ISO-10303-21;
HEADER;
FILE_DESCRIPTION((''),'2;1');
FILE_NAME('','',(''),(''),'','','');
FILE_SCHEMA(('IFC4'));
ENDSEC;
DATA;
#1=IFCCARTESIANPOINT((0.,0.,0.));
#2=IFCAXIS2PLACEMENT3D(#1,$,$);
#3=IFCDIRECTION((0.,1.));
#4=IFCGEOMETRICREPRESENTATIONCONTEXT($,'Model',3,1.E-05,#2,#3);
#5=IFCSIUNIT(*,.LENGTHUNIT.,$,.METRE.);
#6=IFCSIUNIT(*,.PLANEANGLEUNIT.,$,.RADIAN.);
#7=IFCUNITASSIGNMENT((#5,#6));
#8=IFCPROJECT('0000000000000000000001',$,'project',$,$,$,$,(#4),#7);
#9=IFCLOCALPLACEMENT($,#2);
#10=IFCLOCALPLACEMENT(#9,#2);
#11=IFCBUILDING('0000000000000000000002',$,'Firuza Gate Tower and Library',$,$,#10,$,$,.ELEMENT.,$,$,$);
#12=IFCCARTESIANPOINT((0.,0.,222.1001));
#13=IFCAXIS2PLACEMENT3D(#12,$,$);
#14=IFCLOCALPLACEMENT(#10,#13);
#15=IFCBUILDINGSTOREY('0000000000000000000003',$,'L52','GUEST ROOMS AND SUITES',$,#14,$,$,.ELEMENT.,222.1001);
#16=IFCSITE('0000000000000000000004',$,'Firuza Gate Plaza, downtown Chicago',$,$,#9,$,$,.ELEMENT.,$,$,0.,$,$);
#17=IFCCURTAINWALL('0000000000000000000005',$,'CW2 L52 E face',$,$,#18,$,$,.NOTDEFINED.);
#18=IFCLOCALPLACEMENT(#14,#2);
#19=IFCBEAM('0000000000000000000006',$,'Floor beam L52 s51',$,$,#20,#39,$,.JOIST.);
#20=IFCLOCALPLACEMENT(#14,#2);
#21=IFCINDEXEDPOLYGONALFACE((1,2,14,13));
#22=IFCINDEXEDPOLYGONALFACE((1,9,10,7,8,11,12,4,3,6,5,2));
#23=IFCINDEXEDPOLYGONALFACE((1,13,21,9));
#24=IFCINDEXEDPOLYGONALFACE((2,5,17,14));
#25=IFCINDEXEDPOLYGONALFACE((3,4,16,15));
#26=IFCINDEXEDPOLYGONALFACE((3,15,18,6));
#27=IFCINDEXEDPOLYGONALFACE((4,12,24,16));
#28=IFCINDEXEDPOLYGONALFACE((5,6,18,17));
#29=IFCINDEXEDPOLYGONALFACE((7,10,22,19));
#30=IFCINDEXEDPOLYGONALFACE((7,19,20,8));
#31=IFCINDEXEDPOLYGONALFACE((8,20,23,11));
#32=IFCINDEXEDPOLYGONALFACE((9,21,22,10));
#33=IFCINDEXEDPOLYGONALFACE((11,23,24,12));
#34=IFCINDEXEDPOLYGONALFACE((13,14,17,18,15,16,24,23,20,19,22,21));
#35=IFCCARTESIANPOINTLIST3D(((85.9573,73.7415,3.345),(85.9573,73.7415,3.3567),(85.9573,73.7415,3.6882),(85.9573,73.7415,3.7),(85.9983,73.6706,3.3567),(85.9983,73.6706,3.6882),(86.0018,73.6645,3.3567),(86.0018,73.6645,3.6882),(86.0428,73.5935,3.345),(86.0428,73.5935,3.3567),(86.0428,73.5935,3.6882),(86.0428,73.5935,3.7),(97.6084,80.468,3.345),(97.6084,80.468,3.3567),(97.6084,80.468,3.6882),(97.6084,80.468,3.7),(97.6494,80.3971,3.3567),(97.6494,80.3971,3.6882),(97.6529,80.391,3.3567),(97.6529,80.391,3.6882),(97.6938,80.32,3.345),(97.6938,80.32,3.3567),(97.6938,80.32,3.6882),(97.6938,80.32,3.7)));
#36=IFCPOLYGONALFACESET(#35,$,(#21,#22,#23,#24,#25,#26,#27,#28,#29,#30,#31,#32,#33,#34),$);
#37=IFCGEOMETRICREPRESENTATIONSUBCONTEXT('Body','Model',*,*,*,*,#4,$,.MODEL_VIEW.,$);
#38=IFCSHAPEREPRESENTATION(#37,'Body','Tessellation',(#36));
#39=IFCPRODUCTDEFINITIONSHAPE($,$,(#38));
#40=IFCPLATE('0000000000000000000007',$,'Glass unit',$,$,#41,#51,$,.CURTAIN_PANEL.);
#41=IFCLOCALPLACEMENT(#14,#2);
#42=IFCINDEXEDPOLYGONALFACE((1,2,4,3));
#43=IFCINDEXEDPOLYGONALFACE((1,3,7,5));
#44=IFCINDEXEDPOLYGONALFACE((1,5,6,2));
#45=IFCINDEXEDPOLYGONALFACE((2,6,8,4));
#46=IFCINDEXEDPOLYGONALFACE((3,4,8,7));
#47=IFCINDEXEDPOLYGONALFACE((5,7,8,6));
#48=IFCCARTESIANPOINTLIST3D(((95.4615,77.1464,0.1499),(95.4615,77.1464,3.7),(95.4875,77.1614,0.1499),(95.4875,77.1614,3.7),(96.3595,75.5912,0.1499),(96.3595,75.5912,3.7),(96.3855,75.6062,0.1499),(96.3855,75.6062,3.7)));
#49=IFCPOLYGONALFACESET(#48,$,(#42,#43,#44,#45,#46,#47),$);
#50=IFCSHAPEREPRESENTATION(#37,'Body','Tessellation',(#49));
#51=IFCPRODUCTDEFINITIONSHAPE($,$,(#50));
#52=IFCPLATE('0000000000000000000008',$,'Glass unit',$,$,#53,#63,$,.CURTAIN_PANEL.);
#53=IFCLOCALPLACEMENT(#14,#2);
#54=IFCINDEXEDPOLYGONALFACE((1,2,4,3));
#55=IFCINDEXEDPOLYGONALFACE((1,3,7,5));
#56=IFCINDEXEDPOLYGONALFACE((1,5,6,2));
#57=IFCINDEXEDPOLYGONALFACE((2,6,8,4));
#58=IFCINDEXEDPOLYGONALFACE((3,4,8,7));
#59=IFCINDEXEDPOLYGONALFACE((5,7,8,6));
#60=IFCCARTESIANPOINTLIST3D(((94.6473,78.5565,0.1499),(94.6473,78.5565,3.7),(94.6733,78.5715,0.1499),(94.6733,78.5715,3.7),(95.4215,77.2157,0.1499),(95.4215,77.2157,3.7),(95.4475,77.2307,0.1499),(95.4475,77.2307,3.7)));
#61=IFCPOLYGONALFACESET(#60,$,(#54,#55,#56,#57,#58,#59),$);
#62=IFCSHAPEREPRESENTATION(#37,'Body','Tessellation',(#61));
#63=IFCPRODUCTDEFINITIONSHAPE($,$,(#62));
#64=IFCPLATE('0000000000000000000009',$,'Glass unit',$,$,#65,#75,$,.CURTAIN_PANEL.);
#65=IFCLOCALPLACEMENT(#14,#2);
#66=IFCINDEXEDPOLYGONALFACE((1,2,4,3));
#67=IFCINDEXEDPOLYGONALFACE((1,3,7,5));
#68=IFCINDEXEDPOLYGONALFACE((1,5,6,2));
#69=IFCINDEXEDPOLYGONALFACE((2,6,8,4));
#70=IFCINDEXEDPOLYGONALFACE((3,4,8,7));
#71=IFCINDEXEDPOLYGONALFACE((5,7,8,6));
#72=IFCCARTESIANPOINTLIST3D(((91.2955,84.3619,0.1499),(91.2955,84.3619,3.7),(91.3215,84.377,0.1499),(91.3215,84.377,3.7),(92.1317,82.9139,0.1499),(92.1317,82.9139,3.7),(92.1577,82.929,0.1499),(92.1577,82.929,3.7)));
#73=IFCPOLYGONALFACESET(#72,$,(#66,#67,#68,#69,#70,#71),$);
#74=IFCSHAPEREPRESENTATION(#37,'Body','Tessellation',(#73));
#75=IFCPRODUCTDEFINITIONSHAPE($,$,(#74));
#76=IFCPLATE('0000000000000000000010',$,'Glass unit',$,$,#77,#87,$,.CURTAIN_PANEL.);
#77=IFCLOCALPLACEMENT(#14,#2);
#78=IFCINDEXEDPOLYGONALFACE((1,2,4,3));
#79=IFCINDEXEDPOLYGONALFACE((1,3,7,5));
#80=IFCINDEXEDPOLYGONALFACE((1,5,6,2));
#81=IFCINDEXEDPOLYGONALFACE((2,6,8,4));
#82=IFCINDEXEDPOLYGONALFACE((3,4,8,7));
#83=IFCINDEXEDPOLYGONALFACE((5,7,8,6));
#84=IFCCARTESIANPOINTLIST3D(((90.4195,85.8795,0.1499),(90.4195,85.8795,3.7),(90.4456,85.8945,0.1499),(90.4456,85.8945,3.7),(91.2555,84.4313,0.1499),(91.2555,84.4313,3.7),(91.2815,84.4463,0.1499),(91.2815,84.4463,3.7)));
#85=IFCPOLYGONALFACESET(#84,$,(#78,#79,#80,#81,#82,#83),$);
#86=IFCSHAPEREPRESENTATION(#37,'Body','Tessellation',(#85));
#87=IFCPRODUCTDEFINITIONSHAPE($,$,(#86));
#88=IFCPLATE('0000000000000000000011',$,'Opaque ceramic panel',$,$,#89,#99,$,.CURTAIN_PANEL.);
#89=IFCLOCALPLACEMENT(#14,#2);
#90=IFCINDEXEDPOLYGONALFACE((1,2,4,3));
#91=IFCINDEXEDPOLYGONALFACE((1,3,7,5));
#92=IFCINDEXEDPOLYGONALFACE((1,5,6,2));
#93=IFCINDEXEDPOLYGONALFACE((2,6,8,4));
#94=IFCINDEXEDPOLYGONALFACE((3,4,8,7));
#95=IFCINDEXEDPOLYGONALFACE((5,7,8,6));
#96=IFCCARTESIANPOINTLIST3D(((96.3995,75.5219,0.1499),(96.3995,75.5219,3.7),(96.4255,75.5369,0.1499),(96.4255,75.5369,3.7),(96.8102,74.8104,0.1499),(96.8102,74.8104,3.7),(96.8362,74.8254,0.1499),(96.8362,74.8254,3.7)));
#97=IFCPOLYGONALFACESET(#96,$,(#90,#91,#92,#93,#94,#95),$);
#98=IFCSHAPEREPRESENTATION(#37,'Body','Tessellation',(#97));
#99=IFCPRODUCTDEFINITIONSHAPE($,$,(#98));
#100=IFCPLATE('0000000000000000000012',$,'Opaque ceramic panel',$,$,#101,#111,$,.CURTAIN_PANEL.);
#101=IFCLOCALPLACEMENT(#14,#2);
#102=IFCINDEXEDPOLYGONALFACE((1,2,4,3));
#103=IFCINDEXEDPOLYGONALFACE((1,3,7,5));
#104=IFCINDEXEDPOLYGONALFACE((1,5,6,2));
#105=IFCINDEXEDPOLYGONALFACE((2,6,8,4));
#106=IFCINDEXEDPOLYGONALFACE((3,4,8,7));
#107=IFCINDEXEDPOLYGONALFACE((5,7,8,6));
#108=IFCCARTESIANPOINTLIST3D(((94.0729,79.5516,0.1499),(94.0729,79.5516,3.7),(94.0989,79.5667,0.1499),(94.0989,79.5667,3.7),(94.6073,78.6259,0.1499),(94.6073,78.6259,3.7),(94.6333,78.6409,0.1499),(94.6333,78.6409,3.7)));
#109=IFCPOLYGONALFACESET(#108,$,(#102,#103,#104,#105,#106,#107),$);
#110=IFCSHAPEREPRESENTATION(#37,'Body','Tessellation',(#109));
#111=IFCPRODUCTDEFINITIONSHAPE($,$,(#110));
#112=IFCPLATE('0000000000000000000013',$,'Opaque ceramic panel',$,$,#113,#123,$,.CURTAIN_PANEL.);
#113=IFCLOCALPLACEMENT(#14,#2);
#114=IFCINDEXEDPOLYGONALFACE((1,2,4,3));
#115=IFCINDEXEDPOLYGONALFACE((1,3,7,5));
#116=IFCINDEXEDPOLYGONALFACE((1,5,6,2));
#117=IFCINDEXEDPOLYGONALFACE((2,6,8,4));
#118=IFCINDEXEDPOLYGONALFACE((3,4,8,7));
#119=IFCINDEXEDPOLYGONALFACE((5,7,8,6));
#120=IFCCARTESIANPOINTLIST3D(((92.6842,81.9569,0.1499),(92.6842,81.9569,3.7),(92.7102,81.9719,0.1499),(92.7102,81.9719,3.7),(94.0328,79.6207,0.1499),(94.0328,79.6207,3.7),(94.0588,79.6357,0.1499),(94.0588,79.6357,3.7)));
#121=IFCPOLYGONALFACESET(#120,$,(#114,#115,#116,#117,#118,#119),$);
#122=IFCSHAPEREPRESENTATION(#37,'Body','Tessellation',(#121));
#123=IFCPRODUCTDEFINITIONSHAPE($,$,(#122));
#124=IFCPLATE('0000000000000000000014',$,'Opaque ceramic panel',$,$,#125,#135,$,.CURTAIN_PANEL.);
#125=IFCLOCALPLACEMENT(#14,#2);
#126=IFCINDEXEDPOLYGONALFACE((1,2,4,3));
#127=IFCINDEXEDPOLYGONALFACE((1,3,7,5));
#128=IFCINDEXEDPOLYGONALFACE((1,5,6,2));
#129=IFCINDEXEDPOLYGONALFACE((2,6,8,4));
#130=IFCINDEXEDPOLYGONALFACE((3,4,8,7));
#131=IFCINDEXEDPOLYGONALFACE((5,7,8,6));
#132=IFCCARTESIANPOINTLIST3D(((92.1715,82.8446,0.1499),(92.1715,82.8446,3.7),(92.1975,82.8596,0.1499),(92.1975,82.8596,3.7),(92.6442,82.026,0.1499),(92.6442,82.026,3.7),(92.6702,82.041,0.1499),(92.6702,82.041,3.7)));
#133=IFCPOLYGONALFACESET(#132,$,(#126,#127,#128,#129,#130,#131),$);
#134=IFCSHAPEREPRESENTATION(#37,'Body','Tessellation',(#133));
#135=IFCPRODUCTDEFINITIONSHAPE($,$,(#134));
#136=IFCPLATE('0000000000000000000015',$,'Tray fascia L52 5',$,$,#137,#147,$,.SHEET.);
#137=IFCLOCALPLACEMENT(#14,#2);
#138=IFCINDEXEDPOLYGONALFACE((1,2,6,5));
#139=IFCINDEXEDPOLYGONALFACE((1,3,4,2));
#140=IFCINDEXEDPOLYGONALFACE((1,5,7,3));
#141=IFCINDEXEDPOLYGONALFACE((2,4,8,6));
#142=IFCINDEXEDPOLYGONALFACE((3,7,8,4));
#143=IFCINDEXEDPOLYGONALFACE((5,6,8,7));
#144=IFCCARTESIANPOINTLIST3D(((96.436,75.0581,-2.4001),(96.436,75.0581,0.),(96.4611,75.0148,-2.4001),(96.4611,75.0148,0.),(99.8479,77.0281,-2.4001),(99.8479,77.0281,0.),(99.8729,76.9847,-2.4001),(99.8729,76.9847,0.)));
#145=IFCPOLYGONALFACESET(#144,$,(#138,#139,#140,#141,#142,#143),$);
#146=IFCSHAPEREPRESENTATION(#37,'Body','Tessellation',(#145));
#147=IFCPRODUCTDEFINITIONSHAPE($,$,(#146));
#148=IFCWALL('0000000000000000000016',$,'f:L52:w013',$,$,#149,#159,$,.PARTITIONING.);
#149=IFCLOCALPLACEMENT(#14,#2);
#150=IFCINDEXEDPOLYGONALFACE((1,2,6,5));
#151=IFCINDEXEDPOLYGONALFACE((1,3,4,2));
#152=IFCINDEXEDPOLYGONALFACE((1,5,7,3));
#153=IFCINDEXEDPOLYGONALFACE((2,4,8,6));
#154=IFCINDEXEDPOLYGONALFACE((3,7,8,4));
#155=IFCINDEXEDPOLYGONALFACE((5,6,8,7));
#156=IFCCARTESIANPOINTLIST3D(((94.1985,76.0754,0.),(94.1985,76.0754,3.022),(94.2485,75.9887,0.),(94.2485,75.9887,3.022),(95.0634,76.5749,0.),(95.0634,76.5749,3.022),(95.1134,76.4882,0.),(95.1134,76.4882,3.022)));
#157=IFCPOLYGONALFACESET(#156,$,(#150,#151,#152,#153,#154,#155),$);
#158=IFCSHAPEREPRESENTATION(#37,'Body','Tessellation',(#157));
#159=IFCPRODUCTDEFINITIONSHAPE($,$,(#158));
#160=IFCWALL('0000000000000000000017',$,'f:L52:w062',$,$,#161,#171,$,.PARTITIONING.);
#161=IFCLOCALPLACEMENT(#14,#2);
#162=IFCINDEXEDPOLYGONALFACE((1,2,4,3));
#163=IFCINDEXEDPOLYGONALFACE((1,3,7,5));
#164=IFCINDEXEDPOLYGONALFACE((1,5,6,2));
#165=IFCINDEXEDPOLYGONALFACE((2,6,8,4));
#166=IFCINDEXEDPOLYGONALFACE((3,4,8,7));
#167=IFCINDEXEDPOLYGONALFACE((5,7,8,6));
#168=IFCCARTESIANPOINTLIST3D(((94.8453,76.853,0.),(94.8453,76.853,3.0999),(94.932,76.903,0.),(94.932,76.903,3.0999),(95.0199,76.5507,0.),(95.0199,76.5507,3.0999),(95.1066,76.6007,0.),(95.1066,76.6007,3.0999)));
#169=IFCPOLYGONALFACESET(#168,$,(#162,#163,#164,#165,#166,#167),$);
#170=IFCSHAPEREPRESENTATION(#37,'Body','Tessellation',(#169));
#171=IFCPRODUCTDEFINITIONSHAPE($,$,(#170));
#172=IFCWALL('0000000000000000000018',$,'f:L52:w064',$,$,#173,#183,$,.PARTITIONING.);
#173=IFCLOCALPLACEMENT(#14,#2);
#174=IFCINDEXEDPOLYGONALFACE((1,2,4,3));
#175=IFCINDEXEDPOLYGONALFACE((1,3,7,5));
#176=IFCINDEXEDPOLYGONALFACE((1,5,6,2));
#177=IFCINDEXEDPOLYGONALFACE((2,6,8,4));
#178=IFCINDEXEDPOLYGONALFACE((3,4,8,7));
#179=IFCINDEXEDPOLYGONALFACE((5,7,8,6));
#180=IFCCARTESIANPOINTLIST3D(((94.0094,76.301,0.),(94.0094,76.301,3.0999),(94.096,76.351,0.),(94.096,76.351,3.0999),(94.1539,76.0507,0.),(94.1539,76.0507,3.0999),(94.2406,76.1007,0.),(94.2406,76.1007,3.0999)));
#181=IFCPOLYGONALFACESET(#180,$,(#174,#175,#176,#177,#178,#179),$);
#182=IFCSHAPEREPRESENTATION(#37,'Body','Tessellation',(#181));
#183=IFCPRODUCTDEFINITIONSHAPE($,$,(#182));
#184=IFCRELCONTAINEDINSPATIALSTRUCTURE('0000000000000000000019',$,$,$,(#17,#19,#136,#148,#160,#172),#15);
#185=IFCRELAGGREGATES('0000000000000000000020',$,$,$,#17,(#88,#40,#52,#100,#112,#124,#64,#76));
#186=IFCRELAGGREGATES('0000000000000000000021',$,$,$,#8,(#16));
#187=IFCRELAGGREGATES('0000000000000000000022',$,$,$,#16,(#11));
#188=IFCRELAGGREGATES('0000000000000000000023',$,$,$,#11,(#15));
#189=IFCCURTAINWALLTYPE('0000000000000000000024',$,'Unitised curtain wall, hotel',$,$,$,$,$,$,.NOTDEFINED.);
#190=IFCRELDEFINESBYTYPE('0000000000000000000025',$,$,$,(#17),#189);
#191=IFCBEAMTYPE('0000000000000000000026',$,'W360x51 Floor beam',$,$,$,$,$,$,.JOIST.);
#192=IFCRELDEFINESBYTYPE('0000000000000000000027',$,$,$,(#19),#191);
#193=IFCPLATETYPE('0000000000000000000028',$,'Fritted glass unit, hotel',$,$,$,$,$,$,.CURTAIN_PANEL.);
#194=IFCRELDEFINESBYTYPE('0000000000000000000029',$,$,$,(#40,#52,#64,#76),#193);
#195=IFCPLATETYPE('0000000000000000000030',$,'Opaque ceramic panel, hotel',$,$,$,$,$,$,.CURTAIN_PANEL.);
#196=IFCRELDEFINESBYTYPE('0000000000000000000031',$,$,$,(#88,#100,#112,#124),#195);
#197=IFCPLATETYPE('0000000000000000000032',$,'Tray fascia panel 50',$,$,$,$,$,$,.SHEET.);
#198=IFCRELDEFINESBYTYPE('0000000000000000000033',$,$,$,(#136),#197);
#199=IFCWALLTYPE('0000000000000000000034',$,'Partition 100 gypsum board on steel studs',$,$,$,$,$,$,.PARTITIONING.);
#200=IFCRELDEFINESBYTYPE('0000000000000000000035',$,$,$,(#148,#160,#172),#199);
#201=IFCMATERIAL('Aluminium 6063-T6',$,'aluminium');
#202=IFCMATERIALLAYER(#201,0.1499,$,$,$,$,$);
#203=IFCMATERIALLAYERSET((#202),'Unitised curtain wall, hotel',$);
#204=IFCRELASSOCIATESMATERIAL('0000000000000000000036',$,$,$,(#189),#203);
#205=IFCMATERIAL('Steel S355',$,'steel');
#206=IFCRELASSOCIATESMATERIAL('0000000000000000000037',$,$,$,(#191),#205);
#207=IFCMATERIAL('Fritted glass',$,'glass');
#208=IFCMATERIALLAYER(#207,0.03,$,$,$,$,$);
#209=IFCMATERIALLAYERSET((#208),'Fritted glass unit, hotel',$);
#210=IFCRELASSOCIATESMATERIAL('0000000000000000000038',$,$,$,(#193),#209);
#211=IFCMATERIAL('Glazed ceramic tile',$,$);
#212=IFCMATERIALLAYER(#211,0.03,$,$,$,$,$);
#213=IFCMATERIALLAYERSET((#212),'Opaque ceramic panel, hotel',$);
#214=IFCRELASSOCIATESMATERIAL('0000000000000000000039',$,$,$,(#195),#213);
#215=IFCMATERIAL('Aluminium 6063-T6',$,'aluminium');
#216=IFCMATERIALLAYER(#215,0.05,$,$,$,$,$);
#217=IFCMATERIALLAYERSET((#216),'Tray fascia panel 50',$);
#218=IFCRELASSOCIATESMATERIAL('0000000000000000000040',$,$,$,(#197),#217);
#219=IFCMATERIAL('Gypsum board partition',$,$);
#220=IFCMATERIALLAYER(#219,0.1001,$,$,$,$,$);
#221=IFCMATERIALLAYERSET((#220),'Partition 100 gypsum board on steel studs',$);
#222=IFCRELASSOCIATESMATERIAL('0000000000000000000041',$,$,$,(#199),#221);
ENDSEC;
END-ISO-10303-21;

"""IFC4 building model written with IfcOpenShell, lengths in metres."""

from ifc_helpers import new_model, si_unit, direction, frame, frame_2d, origin, origin_2d, place, context, subcontext, project, spatial, polyline, rectangle, i_section, outline, extrude, material, layer, layer_set, material_profile, profile_set, type_object, element, aggregate, save


model = new_model("IFC4")

# Units and contexts
model_context = context("Model", 3, precision=1e-05, world=origin(), true_north=direction((0.0, 1.0)))
body_context = subcontext(model_context, "Body", "Model", "MODEL_VIEW")
ifc_project = project(units=[si_unit("LENGTHUNIT", "METRE"), si_unit("PLANEANGLEUNIT", "RADIAN")], contexts=[model_context])

# Site, building, storey
site_placement = place(None, origin())
site = spatial("IfcSite", under=ifc_project, at=site_placement, Name="Firuza Gate Plaza, downtown Chicago", CompositionType="ELEMENT", RefElevation=0.0)
building_placement = place(site_placement, origin())
building = spatial("IfcBuilding", under=site, at=building_placement, Name="Firuza Gate Tower and Library", CompositionType="ELEMENT")
storey_placement = place(building_placement, frame((0.0, 0.0, 222.1001)))
storey = spatial("IfcBuildingStorey", under=building, at=storey_placement, Name="L52", Description="GUEST ROOMS AND SUITES", CompositionType="ELEMENT", Elevation=222.1001)

# Curtain wall
ifc_material_1 = material(Name="Aluminium 6063-T6", Category="aluminium")
ifc_layer_1 = layer(ifc_material_1, 0.1499)
ifc_layer_set_1 = layer_set([ifc_layer_1], Name="Unitised curtain wall, hotel")
curtain_wall_type = type_object("IfcCurtainWallType", Name="Unitised curtain wall, hotel", PredefinedType="NOTDEFINED", material=ifc_layer_set_1)
curtain_wall_placement = place(storey_placement, origin())
curtain_wall = element("IfcCurtainWall", 1, at=curtain_wall_placement, inside=storey, type_object=curtain_wall_type, Name="CW2 L52 E face", PredefinedType="NOTDEFINED")

# Beam
ifc_material_2 = material(Name="Steel S355", Category="steel")
ifc_material_profile_1 = material_profile(ifc_material_2, i_section(OverallWidth=0.1709, OverallDepth=0.355, WebThickness=0.0071, FlangeThickness=0.0117, at=origin_2d()))
ifc_profile_set_1 = profile_set([ifc_material_profile_1], Name="Steel S355")
beam_type_1 = type_object("IfcBeamType", Name="W360x51 Floor beam", PredefinedType="JOIST", material=ifc_profile_set_1)
beam_1_placement = place(storey_placement, frame((97.6511, 80.394, 3.5225), z_axis=(-0.866032, -0.499988, 0.0), x_axis=(0.499988, -0.866032, 0.0)))
element("IfcBeam", 2, at=beam_1_placement, inside=storey, type_object=beam_type_1, Name="Floor beam L52 s51", PredefinedType="JOIST", context=body_context, shape_type="SweptSolid", body=[
    extrude(i_section(OverallWidth=0.1709, OverallDepth=0.355, WebThickness=0.0071, FlangeThickness=0.0117, at=origin_2d()), origin(), (0.0, 0.0, 1.0), 13.4534),
])

# Plates
ifc_material_3 = material(Name="Fritted glass", Category="glass")
ifc_layer_2 = layer(ifc_material_3, 0.03)
ifc_layer_set_2 = layer_set([ifc_layer_2], Name="Fritted glass unit, hotel")
plate_type_1 = type_object("IfcPlateType", Name="Fritted glass unit, hotel", PredefinedType="CURTAIN_PANEL", material=ifc_layer_set_2)
plate_1_placement = place(storey_placement, frame((96.3855, 75.6062, 0.1499), z_axis=(0.866009, 0.500028, 0.0), x_axis=(-0.500028, 0.866009, 0.0)))
plate_1 = element("IfcPlate", 3, at=plate_1_placement, type_object=plate_type_1, Name="Glass unit", PredefinedType="CURTAIN_PANEL", context=body_context, shape_type="SweptSolid", body=[
    extrude(outline(polyline([(0.0, 0.0), (1.7958, 0.0), (1.7958, 3.55), (0.0, 3.55), (0.0, 0.0)])), origin(), (0.0, 0.0, -1.0), 0.03),
])
plate_2_placement = place(storey_placement, frame((95.4475, 77.2307, 0.1499), z_axis=(0.866012, 0.500023, 0.0), x_axis=(-0.500023, 0.866012, 0.0)))
plate_2 = element("IfcPlate", 4, at=plate_2_placement, type_object=plate_type_1, Name="Glass unit", PredefinedType="CURTAIN_PANEL", context=body_context, shape_type="SweptSolid", body=[
    extrude(outline(polyline([(0.0, 0.0), (1.5483, 0.0), (1.5483, 3.55), (0.0, 3.55), (0.0, 0.0)])), origin(), (0.0, 0.0, -1.0), 0.03),
])
plate_3_placement = place(storey_placement, frame((92.1577, 82.929, 0.1499), z_axis=(0.865979, 0.500081, 0.0), x_axis=(-0.500081, 0.865979, 0.0)))
plate_3 = element("IfcPlate", 5, at=plate_3_placement, type_object=plate_type_1, Name="Glass unit", PredefinedType="CURTAIN_PANEL", context=body_context, shape_type="SweptSolid", body=[
    extrude(outline(polyline([(0.0, 0.0), (1.6721, 0.0), (1.6721, 3.55), (0.0, 3.55), (0.0, 0.0)])), origin(), (0.0, 0.0, -1.0), 0.03),
])
plate_4_placement = place(storey_placement, frame((91.2815, 84.4463, 0.1499), z_axis=(0.866079, 0.499908, 0.0), x_axis=(-0.499908, 0.866079, 0.0)))
plate_4 = element("IfcPlate", 6, at=plate_4_placement, type_object=plate_type_1, Name="Glass unit", PredefinedType="CURTAIN_PANEL", context=body_context, shape_type="SweptSolid", body=[
    extrude(outline(polyline([(0.0, 0.0), (1.6722, 0.0), (1.6722, 3.55), (0.0, 3.55), (0.0, 0.0)])), origin(), (0.0, 0.0, -1.0), 0.03),
])
ifc_material_4 = material(Name="Glazed ceramic tile")
ifc_layer_3 = layer(ifc_material_4, 0.03)
ifc_layer_set_3 = layer_set([ifc_layer_3], Name="Opaque ceramic panel, hotel")
plate_type_2 = type_object("IfcPlateType", Name="Opaque ceramic panel, hotel", PredefinedType="CURTAIN_PANEL", material=ifc_layer_set_3)
plate_5_placement = place(storey_placement, frame((96.8362, 74.8254, 0.1499), z_axis=(0.866077, 0.499911, 0.0), x_axis=(-0.499911, 0.866077, 0.0)))
plate_5 = element("IfcPlate", 7, at=plate_5_placement, type_object=plate_type_2, Name="Opaque ceramic panel", PredefinedType="CURTAIN_PANEL", context=body_context, shape_type="SweptSolid", body=[
    extrude(outline(polyline([(0.0, 0.0), (0.8214, 0.0), (0.8214, 3.55), (0.0, 3.55), (0.0, 0.0)])), origin(), (0.0, 0.0, -1.0), 0.03),
])
plate_6_placement = place(storey_placement, frame((94.6333, 78.6409, 0.1499), z_axis=(0.866056, 0.499947, 0.0), x_axis=(-0.499947, 0.866056, 0.0)))
plate_6 = element("IfcPlate", 8, at=plate_6_placement, type_object=plate_type_2, Name="Opaque ceramic panel", PredefinedType="CURTAIN_PANEL", context=body_context, shape_type="SweptSolid", body=[
    extrude(outline(polyline([(0.0, 0.0), (1.069, 0.0), (1.069, 3.55), (0.0, 3.55), (0.0, 0.0)])), origin(), (0.0, 0.0, -1.0), 0.03),
])
plate_7_placement = place(storey_placement, frame((94.0588, 79.6357, 0.1499), z_axis=(0.866051, 0.499955, 0.0), x_axis=(-0.499955, 0.866051, 0.0)))
plate_7 = element("IfcPlate", 9, at=plate_7_placement, type_object=plate_type_2, Name="Opaque ceramic panel", PredefinedType="CURTAIN_PANEL", context=body_context, shape_type="SweptSolid", body=[
    extrude(outline(polyline([(0.0, 0.0), (2.6975, 0.0), (2.6975, 3.55), (0.0, 3.55), (0.0, 0.0)])), origin(), (0.0, 0.0, -1.0), 0.03),
])
plate_8_placement = place(storey_placement, frame((92.6702, 82.041, 0.1499), z_axis=(0.866009, 0.500028, 0.0), x_axis=(-0.500028, 0.866009, 0.0)))
plate_8 = element("IfcPlate", 10, at=plate_8_placement, type_object=plate_type_2, Name="Opaque ceramic panel", PredefinedType="CURTAIN_PANEL", context=body_context, shape_type="SweptSolid", body=[
    extrude(outline(polyline([(0.0, 0.0), (0.9453, 0.0), (0.9453, 3.55), (0.0, 3.55), (0.0, 0.0)])), origin(), (0.0, 0.0, -1.0), 0.03),
])
aggregate(curtain_wall, [plate_5, plate_1, plate_2, plate_6, plate_7, plate_8, plate_3, plate_4])
ifc_material_5 = material(Name="Aluminium 6063-T6", Category="aluminium")
ifc_layer_4 = layer(ifc_material_5, 0.05)
ifc_layer_set_4 = layer_set([ifc_layer_4], Name="Tray fascia panel 50")
plate_type_3 = type_object("IfcPlateType", Name="Tray fascia panel 50", PredefinedType="SHEET", material=ifc_layer_set_4)
plate_9_placement = place(storey_placement, frame((99.8479, 77.0281, -2.4001), z_axis=(-0.500025, 0.866011, 0.0), x_axis=(-0.866011, -0.500025, 0.0)))
element("IfcPlate", 11, at=plate_9_placement, inside=storey, type_object=plate_type_3, Name="Tray fascia L52 5", PredefinedType="SHEET", context=body_context, shape_type="SweptSolid", body=[
    extrude(outline(polyline([(0.0, 0.0), (3.9397, 0.0), (3.9397, 2.4001), (0.0, 2.4001), (0.0, 0.0)])), origin(), (0.0, 0.0, -1.0), 0.05),
])

# Walls
ifc_material_6 = material(Name="Gypsum board partition")
ifc_layer_5 = layer(ifc_material_6, 0.1001)
ifc_layer_set_5 = layer_set([ifc_layer_5], Name="Partition 100 gypsum board on steel studs")
wall_type_1 = type_object("IfcWallType", Name="Partition 100 gypsum board on steel studs", PredefinedType="PARTITIONING", material=ifc_layer_set_5)
wall_1_placement = place(storey_placement, frame((94.2234, 76.032, 0.0), z_axis=(0.0, 0.0, 1.0), x_axis=(0.865978, 0.500082, 0.0)))
element("IfcWall", 12, at=wall_1_placement, inside=storey, type_object=wall_type_1, Name="f:L52:w013", PredefinedType="PARTITIONING", context=body_context, shape_type="SweptSolid", body=[
    extrude(rectangle(XDim=0.9988, YDim=0.1001, at=frame_2d((0.4995, 0.0))), origin(), (0.0, 0.0, 1.0), 3.022),
])
wall_2_placement = place(storey_placement, frame((95.0632, 76.5757, 0.0), z_axis=(0.0, 0.0, 1.0), x_axis=(-0.500126, 0.865953, 0.0)))
element("IfcWall", 13, at=wall_2_placement, inside=storey, type_object=wall_type_1, Name="f:L52:w062", PredefinedType="PARTITIONING", context=body_context, shape_type="SweptSolid", body=[
    extrude(rectangle(XDim=0.3491, YDim=0.1001, at=frame_2d((0.1746, 0.0))), origin(), (0.0, 0.0, 1.0), 3.0999),
])
wall_3_placement = place(storey_placement, frame((94.1973, 76.0757, 0.0), z_axis=(0.0, 0.0, 1.0), x_axis=(-0.500137, 0.865946, 0.0)))
element("IfcWall", 14, at=wall_3_placement, inside=storey, type_object=wall_type_1, Name="f:L52:w064", PredefinedType="PARTITIONING", context=body_context, shape_type="SweptSolid", body=[
    extrude(rectangle(XDim=0.2891, YDim=0.1001, at=frame_2d((0.1445, 0.0))), origin(), (0.0, 0.0, 1.0), 3.0999),
])

save(model, "model.ifc")
